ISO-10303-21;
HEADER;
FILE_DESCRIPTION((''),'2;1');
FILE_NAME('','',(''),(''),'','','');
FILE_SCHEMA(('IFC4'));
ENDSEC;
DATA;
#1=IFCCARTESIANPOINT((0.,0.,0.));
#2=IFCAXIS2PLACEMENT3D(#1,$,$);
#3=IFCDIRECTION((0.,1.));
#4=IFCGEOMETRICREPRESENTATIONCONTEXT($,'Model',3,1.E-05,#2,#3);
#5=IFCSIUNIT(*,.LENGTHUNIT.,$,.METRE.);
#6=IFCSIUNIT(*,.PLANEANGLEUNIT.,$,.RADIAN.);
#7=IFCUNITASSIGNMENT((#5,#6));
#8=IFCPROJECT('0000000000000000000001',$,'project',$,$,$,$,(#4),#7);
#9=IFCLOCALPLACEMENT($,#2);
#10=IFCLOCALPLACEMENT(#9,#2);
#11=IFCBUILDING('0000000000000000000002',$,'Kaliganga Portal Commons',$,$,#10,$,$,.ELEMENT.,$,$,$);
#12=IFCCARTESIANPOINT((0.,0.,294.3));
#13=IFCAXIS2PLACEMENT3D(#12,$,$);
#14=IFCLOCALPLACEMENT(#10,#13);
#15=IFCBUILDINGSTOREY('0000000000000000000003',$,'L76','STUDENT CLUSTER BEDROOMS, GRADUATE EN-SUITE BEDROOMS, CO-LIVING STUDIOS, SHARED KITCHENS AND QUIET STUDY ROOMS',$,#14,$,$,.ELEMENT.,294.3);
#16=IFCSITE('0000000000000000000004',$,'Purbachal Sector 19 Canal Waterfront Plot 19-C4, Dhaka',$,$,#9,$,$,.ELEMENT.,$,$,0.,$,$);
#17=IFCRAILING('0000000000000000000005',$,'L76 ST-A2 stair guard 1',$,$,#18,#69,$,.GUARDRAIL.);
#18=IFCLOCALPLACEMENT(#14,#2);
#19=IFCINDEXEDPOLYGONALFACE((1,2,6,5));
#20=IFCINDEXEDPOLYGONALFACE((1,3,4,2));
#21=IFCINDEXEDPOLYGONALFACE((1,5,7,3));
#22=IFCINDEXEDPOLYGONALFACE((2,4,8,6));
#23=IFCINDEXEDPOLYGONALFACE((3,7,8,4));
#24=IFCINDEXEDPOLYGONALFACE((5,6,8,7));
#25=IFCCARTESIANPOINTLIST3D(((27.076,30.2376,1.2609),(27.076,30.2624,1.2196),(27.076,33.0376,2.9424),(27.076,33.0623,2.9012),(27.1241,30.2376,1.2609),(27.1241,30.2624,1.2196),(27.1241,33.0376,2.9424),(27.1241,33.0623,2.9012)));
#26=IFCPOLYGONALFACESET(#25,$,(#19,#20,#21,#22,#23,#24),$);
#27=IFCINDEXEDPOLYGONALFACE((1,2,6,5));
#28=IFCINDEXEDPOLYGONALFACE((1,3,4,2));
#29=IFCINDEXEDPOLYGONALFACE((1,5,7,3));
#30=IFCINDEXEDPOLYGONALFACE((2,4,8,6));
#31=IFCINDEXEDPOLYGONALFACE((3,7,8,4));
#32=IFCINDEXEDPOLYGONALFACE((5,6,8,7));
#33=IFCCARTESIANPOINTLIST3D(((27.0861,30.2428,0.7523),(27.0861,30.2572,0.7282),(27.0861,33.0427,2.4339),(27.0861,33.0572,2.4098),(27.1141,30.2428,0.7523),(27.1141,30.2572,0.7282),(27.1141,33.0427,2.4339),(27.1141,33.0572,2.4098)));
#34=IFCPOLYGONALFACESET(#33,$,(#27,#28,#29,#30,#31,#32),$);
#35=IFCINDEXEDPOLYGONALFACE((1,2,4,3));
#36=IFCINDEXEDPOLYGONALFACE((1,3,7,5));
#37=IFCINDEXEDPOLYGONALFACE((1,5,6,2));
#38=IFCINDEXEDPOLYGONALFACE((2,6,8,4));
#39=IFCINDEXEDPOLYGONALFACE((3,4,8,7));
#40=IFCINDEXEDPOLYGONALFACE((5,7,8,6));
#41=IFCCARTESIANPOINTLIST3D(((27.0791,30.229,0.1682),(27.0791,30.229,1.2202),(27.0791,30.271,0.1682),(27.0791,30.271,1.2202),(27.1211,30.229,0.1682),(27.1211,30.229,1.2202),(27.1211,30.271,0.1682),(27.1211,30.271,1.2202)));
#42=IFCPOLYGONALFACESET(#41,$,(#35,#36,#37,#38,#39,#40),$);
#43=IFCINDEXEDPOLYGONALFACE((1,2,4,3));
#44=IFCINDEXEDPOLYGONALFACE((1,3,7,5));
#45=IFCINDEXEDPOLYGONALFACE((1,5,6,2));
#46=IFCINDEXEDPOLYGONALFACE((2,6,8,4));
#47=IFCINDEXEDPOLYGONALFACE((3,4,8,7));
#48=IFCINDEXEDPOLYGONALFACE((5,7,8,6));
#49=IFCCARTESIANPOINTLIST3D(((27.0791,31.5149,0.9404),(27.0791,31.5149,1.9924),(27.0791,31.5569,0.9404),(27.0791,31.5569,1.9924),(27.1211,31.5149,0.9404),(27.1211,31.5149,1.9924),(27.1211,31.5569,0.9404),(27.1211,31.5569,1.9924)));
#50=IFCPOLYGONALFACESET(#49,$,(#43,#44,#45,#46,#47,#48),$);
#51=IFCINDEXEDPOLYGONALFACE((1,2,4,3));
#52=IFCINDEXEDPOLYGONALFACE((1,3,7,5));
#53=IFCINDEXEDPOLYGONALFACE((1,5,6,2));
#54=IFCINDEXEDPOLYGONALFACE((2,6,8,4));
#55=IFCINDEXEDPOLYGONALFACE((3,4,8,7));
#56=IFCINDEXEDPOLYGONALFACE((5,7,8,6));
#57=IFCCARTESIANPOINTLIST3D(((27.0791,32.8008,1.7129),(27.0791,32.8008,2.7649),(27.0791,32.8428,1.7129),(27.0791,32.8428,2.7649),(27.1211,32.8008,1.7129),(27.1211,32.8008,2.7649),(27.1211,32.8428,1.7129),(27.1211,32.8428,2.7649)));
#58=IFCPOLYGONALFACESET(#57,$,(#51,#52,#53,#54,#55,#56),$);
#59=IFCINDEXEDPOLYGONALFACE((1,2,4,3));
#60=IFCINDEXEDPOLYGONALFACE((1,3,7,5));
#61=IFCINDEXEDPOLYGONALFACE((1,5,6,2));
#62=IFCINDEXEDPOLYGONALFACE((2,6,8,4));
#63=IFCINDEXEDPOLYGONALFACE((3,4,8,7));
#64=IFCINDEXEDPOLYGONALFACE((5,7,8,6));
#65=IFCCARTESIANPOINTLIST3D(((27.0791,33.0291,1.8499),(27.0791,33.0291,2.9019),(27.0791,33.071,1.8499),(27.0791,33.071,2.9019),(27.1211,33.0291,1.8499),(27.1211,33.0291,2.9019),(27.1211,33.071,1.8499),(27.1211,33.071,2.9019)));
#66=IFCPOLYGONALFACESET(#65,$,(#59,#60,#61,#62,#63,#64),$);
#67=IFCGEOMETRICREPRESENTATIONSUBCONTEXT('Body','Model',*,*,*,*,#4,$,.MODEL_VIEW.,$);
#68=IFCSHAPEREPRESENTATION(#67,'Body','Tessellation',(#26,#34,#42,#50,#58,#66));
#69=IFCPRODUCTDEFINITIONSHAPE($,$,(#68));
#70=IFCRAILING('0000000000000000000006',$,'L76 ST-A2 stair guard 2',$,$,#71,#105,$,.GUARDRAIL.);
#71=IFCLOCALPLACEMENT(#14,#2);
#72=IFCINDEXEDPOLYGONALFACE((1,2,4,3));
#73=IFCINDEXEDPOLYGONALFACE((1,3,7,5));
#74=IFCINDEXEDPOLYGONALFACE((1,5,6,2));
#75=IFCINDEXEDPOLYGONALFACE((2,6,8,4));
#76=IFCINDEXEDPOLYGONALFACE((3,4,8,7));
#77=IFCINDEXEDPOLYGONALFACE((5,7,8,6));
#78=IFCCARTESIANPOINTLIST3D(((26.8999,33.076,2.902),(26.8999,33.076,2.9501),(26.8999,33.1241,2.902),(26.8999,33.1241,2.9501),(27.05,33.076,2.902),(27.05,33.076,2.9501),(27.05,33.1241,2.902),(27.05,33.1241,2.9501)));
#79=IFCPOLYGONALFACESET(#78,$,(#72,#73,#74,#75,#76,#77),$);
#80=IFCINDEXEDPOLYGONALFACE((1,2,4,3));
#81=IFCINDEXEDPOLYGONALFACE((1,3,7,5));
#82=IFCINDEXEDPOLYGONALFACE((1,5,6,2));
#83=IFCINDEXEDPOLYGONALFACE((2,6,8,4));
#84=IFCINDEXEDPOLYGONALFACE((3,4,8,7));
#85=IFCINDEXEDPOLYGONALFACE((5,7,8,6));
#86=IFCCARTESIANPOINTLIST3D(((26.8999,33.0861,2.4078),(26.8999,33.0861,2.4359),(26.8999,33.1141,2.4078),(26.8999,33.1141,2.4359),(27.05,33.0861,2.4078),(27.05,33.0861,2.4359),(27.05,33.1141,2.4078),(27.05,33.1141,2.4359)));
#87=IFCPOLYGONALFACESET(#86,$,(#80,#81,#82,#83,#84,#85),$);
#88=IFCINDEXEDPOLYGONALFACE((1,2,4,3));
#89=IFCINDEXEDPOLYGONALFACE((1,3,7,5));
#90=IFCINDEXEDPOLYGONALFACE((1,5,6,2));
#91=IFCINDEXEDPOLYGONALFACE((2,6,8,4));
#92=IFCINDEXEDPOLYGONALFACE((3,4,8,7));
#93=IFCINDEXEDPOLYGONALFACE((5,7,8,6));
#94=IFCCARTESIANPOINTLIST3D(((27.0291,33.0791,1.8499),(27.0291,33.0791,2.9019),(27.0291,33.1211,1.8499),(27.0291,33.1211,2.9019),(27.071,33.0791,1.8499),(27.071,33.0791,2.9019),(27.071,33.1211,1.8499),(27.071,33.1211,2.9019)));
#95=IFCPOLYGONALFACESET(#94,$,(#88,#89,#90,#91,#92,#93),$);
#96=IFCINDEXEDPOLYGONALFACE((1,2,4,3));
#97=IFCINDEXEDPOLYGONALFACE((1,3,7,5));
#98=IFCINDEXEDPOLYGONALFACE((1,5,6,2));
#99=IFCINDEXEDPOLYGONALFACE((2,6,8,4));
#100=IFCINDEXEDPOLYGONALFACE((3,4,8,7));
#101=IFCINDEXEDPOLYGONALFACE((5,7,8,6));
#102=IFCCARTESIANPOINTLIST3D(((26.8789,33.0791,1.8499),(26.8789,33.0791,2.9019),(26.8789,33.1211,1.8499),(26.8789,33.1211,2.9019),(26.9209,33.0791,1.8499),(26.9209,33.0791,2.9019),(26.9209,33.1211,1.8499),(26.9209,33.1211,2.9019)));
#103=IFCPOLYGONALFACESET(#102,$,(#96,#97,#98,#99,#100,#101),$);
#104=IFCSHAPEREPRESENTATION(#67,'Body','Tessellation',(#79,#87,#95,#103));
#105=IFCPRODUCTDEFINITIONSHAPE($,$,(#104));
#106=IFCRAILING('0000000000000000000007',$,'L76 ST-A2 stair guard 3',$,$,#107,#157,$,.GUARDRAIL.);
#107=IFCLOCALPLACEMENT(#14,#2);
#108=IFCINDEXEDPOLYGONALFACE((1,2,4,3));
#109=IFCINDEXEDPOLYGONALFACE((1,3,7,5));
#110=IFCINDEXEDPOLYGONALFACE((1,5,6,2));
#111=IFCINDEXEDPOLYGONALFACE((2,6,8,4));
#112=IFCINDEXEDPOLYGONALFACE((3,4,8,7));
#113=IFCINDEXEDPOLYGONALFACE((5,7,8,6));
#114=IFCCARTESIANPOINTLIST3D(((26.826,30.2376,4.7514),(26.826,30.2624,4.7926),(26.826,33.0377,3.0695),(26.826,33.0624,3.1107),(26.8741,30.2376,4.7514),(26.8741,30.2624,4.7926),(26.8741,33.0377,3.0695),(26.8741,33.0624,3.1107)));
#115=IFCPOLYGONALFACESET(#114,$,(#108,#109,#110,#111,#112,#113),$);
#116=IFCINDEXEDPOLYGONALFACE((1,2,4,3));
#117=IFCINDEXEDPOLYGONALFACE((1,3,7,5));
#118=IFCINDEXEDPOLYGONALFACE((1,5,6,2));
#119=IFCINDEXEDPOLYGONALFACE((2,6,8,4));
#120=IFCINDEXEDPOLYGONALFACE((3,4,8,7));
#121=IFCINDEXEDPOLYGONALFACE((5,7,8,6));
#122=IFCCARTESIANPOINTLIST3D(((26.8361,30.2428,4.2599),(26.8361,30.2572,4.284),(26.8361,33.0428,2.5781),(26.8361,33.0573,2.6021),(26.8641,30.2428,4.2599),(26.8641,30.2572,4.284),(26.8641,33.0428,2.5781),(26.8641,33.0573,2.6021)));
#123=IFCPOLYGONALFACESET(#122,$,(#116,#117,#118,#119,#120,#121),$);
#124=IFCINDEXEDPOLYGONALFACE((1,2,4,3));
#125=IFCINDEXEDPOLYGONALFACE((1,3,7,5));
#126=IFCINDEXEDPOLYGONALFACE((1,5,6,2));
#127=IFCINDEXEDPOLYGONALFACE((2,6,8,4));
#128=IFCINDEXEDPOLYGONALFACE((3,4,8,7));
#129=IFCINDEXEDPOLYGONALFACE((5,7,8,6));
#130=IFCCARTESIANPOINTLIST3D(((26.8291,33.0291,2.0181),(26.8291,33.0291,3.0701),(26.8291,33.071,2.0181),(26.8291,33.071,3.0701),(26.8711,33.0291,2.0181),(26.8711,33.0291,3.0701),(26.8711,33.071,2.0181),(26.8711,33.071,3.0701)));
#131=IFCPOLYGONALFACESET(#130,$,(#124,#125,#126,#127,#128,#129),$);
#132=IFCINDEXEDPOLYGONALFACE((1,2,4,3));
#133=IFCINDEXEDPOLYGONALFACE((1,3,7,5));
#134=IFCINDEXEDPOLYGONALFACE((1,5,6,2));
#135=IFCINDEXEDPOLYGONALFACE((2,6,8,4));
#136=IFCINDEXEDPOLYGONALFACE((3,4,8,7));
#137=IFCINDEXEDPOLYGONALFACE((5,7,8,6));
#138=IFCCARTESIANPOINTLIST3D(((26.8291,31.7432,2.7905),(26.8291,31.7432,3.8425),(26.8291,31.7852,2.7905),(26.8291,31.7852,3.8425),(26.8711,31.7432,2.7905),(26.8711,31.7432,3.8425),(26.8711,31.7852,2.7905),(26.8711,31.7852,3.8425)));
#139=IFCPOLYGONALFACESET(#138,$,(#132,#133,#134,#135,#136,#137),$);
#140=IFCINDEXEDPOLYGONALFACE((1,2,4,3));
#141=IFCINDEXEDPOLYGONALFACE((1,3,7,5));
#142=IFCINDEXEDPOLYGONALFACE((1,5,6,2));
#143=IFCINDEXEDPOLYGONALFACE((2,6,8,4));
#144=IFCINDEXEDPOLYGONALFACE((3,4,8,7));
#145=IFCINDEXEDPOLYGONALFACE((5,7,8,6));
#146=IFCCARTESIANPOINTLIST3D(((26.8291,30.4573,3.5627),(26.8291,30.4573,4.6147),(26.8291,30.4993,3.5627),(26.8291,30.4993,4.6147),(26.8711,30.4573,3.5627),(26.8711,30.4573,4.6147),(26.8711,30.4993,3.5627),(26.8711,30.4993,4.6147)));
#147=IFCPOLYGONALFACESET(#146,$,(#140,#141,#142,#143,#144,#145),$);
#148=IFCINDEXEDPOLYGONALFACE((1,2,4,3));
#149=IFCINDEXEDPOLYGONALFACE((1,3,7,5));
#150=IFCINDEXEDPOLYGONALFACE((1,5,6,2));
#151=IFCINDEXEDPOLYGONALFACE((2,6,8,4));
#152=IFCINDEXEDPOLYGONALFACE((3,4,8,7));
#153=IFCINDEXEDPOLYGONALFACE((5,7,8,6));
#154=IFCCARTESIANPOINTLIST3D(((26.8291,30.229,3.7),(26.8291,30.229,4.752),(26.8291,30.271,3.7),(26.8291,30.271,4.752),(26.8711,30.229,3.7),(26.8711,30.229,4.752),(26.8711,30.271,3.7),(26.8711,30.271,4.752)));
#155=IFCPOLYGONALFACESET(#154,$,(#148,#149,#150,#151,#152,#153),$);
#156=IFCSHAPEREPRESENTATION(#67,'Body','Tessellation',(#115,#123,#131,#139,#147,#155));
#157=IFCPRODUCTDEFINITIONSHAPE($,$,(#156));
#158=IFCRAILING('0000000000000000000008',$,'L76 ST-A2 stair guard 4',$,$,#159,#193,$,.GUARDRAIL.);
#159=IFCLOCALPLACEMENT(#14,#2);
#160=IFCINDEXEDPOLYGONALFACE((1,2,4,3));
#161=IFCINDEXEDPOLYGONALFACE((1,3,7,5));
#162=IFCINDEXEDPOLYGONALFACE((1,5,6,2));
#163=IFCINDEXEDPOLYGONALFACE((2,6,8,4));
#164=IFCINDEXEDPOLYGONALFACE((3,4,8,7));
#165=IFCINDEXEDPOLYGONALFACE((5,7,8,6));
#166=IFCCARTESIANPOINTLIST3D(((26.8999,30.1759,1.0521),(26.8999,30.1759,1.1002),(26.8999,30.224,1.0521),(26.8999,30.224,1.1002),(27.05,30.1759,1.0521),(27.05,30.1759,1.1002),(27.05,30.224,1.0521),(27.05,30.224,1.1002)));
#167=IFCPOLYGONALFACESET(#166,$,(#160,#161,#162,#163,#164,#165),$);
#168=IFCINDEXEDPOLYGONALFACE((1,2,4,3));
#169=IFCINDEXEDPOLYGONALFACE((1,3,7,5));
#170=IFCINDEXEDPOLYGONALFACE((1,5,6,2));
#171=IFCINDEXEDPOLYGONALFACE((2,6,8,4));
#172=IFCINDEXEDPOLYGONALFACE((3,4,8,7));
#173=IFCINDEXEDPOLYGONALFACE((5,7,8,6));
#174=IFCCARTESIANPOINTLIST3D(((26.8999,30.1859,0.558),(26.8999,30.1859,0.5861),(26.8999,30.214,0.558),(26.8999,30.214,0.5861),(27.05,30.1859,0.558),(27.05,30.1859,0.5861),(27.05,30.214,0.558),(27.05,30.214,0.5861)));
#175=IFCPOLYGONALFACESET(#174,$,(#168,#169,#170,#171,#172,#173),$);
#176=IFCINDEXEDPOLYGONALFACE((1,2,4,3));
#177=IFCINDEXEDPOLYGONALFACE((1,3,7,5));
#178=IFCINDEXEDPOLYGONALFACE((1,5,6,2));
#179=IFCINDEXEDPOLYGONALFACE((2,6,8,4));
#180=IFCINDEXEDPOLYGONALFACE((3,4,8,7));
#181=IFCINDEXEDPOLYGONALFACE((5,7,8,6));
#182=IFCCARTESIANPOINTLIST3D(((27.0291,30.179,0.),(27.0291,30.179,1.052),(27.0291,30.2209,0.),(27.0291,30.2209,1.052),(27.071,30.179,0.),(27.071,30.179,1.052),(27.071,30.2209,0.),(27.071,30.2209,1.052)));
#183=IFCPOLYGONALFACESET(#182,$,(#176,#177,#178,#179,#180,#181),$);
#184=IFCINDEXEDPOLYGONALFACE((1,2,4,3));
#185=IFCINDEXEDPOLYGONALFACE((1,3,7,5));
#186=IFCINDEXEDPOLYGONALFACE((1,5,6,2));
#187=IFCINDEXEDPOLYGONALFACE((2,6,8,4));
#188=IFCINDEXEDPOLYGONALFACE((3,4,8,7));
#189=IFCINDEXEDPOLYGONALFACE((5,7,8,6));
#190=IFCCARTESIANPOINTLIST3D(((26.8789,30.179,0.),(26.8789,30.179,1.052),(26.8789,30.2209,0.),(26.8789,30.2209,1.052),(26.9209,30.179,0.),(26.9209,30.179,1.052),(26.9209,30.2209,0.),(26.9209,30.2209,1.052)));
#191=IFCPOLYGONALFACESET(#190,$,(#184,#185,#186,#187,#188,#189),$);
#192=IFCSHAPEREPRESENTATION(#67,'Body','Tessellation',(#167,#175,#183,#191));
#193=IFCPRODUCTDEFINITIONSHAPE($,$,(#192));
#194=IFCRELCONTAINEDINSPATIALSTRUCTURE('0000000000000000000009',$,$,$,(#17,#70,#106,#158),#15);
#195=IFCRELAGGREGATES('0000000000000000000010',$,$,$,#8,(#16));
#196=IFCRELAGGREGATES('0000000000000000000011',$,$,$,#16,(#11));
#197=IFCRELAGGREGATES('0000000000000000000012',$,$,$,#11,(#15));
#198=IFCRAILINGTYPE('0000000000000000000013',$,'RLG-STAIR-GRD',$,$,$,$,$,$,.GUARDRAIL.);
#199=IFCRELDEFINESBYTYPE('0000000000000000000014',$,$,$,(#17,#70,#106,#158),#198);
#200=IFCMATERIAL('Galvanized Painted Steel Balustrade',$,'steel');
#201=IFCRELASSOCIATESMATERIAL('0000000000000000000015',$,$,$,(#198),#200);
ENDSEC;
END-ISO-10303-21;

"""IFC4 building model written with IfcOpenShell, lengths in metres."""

from ifc_helpers import new_model, si_unit, direction, frame, origin, origin_2d, place, context, subcontext, project, spatial, rectangle, extrude, material, type_object, element, save


model = new_model("IFC4")

# Units and contexts
model_context = context("Model", 3, precision=1e-05, world=origin(), true_north=direction((0.0, 1.0)))
body_context = subcontext(model_context, "Body", "Model", "MODEL_VIEW")
ifc_project = project(units=[si_unit("LENGTHUNIT", "METRE"), si_unit("PLANEANGLEUNIT", "RADIAN")], contexts=[model_context])

# Site, building, storey
site_placement = place(None, origin())
site = spatial("IfcSite", under=ifc_project, at=site_placement, Name="Purbachal Sector 19 Canal Waterfront Plot 19-C4, Dhaka", CompositionType="ELEMENT", RefElevation=0.0)
building_placement = place(site_placement, origin())
building = spatial("IfcBuilding", under=site, at=building_placement, Name="Kaliganga Portal Commons", CompositionType="ELEMENT")
storey_placement = place(building_placement, frame((0.0, 0.0, 294.3)))
storey = spatial("IfcBuildingStorey", under=building, at=storey_placement, Name="L76", Description="STUDENT CLUSTER BEDROOMS, GRADUATE EN-SUITE BEDROOMS, CO-LIVING STUDIOS, SHARED KITCHENS AND QUIET STUDY ROOMS", CompositionType="ELEMENT", Elevation=294.3)

# Railings
ifc_material_1 = material(Name="Galvanized Painted Steel Balustrade", Category="steel")
railing_type_1 = type_object("IfcRailingType", Name="RLG-STAIR-GRD", PredefinedType="GUARDRAIL", material=ifc_material_1)
railing_1_placement = place(storey_placement, frame((27.1001, 30.25, 0.1682)))
element("IfcRailing", 1, at=railing_1_placement, inside=storey, type_object=railing_type_1, Name="L76 ST-A2 stair guard 1", PredefinedType="GUARDRAIL", context=body_context, shape_type="SweptSolid", body=[
    extrude(rectangle(XDim=0.0481, YDim=0.0481, at=origin_2d()), frame((0.0, 0.0, 1.072), z_axis=(0.0, 0.857275, 0.514858), x_axis=(-1.0, 0.0, 0.0)), (0.0, 0.0, 1.0), 3.2661),
    extrude(rectangle(XDim=0.0281, YDim=0.0281, at=origin_2d()), frame((0.0, 0.0, 0.572), z_axis=(0.0, 0.857275, 0.514858), x_axis=(-1.0, 0.0, 0.0)), (0.0, 0.0, 1.0), 3.2661),
    extrude(rectangle(XDim=0.042, YDim=0.042, at=origin_2d()), origin(), (0.0, 0.0, 1.0), 1.052),
    extrude(rectangle(XDim=0.042, YDim=0.042, at=origin_2d()), frame((0.0, 1.2859, 0.7722)), (0.0, 0.0, 1.0), 1.052),
    extrude(rectangle(XDim=0.042, YDim=0.042, at=origin_2d()), frame((0.0, 2.5718, 1.5447)), (0.0, 0.0, 1.0), 1.052),
    extrude(rectangle(XDim=0.042, YDim=0.042, at=origin_2d()), frame((0.0, 2.8, 1.6816)), (0.0, 0.0, 1.0), 1.052),
])
railing_2_placement = place(storey_placement, frame((27.05, 33.1001, 1.8499)))
element("IfcRailing", 2, at=railing_2_placement, inside=storey, type_object=railing_type_1, Name="L76 ST-A2 stair guard 2", PredefinedType="GUARDRAIL", context=body_context, shape_type="SweptSolid", body=[
    extrude(rectangle(XDim=0.0481, YDim=0.0481, at=origin_2d()), frame((0.0, 0.0, 1.0762), z_axis=(-1.0, 0.0, 0.0), x_axis=(0.0, -1.0, 0.0)), (0.0, 0.0, 1.0), 0.1501),
    extrude(rectangle(XDim=0.0281, YDim=0.0281, at=origin_2d()), frame((0.0, 0.0, 0.572), z_axis=(-1.0, 0.0, 0.0), x_axis=(0.0, -1.0, 0.0)), (0.0, 0.0, 1.0), 0.1501),
    extrude(rectangle(XDim=0.042, YDim=0.042, at=origin_2d()), origin(), (0.0, 0.0, 1.0), 1.052),
    extrude(rectangle(XDim=0.042, YDim=0.042, at=origin_2d()), frame((-0.1501, 0.0, 0.0)), (0.0, 0.0, 1.0), 1.052),
])
railing_3_placement = place(storey_placement, frame((26.8501, 33.05, 2.0181)))
element("IfcRailing", 3, at=railing_3_placement, inside=storey, type_object=railing_type_1, Name="L76 ST-A2 stair guard 3", PredefinedType="GUARDRAIL", context=body_context, shape_type="SweptSolid", body=[
    extrude(rectangle(XDim=0.0481, YDim=0.0481, at=origin_2d()), frame((0.0, 0.0, 1.072), z_axis=(0.0, -0.857242, 0.514913), x_axis=(1.0, 0.0, 0.0)), (0.0, 0.0, 1.0), 3.2664),
    extrude(rectangle(XDim=0.0281, YDim=0.0281, at=origin_2d()), frame((0.0, 0.0, 0.572), z_axis=(0.0, -0.857242, 0.514913), x_axis=(1.0, 0.0, 0.0)), (0.0, 0.0, 1.0), 3.2664),
    extrude(rectangle(XDim=0.042, YDim=0.042, at=origin_2d()), origin(), (0.0, 0.0, 1.0), 1.052),
    extrude(rectangle(XDim=0.042, YDim=0.042, at=origin_2d()), frame((0.0, -1.2859, 0.7725)), (0.0, 0.0, 1.0), 1.052),
    extrude(rectangle(XDim=0.042, YDim=0.042, at=origin_2d()), frame((0.0, -2.5718, 1.5447)), (0.0, 0.0, 1.0), 1.052),
    extrude(rectangle(XDim=0.042, YDim=0.042, at=origin_2d()), frame((0.0, -2.8, 1.6819)), (0.0, 0.0, 1.0), 1.052),
])
railing_4_placement = place(storey_placement, frame((27.05, 30.2, 0.0)))
element("IfcRailing", 4, at=railing_4_placement, inside=storey, type_object=railing_type_1, Name="L76 ST-A2 stair guard 4", PredefinedType="GUARDRAIL", context=body_context, shape_type="SweptSolid", body=[
    extrude(rectangle(XDim=0.0481, YDim=0.0481, at=origin_2d()), frame((0.0, 0.0, 1.0762), z_axis=(-1.0, 0.0, 0.0), x_axis=(0.0, -1.0, 0.0)), (0.0, 0.0, 1.0), 0.1501),
    extrude(rectangle(XDim=0.0281, YDim=0.0281, at=origin_2d()), frame((0.0, 0.0, 0.572), z_axis=(-1.0, 0.0, 0.0), x_axis=(0.0, -1.0, 0.0)), (0.0, 0.0, 1.0), 0.1501),
    extrude(rectangle(XDim=0.042, YDim=0.042, at=origin_2d()), origin(), (0.0, 0.0, 1.0), 1.052),
    extrude(rectangle(XDim=0.042, YDim=0.042, at=origin_2d()), frame((-0.1501, 0.0, 0.0)), (0.0, 0.0, 1.0), 1.052),
])

save(model, "model.ifc")
